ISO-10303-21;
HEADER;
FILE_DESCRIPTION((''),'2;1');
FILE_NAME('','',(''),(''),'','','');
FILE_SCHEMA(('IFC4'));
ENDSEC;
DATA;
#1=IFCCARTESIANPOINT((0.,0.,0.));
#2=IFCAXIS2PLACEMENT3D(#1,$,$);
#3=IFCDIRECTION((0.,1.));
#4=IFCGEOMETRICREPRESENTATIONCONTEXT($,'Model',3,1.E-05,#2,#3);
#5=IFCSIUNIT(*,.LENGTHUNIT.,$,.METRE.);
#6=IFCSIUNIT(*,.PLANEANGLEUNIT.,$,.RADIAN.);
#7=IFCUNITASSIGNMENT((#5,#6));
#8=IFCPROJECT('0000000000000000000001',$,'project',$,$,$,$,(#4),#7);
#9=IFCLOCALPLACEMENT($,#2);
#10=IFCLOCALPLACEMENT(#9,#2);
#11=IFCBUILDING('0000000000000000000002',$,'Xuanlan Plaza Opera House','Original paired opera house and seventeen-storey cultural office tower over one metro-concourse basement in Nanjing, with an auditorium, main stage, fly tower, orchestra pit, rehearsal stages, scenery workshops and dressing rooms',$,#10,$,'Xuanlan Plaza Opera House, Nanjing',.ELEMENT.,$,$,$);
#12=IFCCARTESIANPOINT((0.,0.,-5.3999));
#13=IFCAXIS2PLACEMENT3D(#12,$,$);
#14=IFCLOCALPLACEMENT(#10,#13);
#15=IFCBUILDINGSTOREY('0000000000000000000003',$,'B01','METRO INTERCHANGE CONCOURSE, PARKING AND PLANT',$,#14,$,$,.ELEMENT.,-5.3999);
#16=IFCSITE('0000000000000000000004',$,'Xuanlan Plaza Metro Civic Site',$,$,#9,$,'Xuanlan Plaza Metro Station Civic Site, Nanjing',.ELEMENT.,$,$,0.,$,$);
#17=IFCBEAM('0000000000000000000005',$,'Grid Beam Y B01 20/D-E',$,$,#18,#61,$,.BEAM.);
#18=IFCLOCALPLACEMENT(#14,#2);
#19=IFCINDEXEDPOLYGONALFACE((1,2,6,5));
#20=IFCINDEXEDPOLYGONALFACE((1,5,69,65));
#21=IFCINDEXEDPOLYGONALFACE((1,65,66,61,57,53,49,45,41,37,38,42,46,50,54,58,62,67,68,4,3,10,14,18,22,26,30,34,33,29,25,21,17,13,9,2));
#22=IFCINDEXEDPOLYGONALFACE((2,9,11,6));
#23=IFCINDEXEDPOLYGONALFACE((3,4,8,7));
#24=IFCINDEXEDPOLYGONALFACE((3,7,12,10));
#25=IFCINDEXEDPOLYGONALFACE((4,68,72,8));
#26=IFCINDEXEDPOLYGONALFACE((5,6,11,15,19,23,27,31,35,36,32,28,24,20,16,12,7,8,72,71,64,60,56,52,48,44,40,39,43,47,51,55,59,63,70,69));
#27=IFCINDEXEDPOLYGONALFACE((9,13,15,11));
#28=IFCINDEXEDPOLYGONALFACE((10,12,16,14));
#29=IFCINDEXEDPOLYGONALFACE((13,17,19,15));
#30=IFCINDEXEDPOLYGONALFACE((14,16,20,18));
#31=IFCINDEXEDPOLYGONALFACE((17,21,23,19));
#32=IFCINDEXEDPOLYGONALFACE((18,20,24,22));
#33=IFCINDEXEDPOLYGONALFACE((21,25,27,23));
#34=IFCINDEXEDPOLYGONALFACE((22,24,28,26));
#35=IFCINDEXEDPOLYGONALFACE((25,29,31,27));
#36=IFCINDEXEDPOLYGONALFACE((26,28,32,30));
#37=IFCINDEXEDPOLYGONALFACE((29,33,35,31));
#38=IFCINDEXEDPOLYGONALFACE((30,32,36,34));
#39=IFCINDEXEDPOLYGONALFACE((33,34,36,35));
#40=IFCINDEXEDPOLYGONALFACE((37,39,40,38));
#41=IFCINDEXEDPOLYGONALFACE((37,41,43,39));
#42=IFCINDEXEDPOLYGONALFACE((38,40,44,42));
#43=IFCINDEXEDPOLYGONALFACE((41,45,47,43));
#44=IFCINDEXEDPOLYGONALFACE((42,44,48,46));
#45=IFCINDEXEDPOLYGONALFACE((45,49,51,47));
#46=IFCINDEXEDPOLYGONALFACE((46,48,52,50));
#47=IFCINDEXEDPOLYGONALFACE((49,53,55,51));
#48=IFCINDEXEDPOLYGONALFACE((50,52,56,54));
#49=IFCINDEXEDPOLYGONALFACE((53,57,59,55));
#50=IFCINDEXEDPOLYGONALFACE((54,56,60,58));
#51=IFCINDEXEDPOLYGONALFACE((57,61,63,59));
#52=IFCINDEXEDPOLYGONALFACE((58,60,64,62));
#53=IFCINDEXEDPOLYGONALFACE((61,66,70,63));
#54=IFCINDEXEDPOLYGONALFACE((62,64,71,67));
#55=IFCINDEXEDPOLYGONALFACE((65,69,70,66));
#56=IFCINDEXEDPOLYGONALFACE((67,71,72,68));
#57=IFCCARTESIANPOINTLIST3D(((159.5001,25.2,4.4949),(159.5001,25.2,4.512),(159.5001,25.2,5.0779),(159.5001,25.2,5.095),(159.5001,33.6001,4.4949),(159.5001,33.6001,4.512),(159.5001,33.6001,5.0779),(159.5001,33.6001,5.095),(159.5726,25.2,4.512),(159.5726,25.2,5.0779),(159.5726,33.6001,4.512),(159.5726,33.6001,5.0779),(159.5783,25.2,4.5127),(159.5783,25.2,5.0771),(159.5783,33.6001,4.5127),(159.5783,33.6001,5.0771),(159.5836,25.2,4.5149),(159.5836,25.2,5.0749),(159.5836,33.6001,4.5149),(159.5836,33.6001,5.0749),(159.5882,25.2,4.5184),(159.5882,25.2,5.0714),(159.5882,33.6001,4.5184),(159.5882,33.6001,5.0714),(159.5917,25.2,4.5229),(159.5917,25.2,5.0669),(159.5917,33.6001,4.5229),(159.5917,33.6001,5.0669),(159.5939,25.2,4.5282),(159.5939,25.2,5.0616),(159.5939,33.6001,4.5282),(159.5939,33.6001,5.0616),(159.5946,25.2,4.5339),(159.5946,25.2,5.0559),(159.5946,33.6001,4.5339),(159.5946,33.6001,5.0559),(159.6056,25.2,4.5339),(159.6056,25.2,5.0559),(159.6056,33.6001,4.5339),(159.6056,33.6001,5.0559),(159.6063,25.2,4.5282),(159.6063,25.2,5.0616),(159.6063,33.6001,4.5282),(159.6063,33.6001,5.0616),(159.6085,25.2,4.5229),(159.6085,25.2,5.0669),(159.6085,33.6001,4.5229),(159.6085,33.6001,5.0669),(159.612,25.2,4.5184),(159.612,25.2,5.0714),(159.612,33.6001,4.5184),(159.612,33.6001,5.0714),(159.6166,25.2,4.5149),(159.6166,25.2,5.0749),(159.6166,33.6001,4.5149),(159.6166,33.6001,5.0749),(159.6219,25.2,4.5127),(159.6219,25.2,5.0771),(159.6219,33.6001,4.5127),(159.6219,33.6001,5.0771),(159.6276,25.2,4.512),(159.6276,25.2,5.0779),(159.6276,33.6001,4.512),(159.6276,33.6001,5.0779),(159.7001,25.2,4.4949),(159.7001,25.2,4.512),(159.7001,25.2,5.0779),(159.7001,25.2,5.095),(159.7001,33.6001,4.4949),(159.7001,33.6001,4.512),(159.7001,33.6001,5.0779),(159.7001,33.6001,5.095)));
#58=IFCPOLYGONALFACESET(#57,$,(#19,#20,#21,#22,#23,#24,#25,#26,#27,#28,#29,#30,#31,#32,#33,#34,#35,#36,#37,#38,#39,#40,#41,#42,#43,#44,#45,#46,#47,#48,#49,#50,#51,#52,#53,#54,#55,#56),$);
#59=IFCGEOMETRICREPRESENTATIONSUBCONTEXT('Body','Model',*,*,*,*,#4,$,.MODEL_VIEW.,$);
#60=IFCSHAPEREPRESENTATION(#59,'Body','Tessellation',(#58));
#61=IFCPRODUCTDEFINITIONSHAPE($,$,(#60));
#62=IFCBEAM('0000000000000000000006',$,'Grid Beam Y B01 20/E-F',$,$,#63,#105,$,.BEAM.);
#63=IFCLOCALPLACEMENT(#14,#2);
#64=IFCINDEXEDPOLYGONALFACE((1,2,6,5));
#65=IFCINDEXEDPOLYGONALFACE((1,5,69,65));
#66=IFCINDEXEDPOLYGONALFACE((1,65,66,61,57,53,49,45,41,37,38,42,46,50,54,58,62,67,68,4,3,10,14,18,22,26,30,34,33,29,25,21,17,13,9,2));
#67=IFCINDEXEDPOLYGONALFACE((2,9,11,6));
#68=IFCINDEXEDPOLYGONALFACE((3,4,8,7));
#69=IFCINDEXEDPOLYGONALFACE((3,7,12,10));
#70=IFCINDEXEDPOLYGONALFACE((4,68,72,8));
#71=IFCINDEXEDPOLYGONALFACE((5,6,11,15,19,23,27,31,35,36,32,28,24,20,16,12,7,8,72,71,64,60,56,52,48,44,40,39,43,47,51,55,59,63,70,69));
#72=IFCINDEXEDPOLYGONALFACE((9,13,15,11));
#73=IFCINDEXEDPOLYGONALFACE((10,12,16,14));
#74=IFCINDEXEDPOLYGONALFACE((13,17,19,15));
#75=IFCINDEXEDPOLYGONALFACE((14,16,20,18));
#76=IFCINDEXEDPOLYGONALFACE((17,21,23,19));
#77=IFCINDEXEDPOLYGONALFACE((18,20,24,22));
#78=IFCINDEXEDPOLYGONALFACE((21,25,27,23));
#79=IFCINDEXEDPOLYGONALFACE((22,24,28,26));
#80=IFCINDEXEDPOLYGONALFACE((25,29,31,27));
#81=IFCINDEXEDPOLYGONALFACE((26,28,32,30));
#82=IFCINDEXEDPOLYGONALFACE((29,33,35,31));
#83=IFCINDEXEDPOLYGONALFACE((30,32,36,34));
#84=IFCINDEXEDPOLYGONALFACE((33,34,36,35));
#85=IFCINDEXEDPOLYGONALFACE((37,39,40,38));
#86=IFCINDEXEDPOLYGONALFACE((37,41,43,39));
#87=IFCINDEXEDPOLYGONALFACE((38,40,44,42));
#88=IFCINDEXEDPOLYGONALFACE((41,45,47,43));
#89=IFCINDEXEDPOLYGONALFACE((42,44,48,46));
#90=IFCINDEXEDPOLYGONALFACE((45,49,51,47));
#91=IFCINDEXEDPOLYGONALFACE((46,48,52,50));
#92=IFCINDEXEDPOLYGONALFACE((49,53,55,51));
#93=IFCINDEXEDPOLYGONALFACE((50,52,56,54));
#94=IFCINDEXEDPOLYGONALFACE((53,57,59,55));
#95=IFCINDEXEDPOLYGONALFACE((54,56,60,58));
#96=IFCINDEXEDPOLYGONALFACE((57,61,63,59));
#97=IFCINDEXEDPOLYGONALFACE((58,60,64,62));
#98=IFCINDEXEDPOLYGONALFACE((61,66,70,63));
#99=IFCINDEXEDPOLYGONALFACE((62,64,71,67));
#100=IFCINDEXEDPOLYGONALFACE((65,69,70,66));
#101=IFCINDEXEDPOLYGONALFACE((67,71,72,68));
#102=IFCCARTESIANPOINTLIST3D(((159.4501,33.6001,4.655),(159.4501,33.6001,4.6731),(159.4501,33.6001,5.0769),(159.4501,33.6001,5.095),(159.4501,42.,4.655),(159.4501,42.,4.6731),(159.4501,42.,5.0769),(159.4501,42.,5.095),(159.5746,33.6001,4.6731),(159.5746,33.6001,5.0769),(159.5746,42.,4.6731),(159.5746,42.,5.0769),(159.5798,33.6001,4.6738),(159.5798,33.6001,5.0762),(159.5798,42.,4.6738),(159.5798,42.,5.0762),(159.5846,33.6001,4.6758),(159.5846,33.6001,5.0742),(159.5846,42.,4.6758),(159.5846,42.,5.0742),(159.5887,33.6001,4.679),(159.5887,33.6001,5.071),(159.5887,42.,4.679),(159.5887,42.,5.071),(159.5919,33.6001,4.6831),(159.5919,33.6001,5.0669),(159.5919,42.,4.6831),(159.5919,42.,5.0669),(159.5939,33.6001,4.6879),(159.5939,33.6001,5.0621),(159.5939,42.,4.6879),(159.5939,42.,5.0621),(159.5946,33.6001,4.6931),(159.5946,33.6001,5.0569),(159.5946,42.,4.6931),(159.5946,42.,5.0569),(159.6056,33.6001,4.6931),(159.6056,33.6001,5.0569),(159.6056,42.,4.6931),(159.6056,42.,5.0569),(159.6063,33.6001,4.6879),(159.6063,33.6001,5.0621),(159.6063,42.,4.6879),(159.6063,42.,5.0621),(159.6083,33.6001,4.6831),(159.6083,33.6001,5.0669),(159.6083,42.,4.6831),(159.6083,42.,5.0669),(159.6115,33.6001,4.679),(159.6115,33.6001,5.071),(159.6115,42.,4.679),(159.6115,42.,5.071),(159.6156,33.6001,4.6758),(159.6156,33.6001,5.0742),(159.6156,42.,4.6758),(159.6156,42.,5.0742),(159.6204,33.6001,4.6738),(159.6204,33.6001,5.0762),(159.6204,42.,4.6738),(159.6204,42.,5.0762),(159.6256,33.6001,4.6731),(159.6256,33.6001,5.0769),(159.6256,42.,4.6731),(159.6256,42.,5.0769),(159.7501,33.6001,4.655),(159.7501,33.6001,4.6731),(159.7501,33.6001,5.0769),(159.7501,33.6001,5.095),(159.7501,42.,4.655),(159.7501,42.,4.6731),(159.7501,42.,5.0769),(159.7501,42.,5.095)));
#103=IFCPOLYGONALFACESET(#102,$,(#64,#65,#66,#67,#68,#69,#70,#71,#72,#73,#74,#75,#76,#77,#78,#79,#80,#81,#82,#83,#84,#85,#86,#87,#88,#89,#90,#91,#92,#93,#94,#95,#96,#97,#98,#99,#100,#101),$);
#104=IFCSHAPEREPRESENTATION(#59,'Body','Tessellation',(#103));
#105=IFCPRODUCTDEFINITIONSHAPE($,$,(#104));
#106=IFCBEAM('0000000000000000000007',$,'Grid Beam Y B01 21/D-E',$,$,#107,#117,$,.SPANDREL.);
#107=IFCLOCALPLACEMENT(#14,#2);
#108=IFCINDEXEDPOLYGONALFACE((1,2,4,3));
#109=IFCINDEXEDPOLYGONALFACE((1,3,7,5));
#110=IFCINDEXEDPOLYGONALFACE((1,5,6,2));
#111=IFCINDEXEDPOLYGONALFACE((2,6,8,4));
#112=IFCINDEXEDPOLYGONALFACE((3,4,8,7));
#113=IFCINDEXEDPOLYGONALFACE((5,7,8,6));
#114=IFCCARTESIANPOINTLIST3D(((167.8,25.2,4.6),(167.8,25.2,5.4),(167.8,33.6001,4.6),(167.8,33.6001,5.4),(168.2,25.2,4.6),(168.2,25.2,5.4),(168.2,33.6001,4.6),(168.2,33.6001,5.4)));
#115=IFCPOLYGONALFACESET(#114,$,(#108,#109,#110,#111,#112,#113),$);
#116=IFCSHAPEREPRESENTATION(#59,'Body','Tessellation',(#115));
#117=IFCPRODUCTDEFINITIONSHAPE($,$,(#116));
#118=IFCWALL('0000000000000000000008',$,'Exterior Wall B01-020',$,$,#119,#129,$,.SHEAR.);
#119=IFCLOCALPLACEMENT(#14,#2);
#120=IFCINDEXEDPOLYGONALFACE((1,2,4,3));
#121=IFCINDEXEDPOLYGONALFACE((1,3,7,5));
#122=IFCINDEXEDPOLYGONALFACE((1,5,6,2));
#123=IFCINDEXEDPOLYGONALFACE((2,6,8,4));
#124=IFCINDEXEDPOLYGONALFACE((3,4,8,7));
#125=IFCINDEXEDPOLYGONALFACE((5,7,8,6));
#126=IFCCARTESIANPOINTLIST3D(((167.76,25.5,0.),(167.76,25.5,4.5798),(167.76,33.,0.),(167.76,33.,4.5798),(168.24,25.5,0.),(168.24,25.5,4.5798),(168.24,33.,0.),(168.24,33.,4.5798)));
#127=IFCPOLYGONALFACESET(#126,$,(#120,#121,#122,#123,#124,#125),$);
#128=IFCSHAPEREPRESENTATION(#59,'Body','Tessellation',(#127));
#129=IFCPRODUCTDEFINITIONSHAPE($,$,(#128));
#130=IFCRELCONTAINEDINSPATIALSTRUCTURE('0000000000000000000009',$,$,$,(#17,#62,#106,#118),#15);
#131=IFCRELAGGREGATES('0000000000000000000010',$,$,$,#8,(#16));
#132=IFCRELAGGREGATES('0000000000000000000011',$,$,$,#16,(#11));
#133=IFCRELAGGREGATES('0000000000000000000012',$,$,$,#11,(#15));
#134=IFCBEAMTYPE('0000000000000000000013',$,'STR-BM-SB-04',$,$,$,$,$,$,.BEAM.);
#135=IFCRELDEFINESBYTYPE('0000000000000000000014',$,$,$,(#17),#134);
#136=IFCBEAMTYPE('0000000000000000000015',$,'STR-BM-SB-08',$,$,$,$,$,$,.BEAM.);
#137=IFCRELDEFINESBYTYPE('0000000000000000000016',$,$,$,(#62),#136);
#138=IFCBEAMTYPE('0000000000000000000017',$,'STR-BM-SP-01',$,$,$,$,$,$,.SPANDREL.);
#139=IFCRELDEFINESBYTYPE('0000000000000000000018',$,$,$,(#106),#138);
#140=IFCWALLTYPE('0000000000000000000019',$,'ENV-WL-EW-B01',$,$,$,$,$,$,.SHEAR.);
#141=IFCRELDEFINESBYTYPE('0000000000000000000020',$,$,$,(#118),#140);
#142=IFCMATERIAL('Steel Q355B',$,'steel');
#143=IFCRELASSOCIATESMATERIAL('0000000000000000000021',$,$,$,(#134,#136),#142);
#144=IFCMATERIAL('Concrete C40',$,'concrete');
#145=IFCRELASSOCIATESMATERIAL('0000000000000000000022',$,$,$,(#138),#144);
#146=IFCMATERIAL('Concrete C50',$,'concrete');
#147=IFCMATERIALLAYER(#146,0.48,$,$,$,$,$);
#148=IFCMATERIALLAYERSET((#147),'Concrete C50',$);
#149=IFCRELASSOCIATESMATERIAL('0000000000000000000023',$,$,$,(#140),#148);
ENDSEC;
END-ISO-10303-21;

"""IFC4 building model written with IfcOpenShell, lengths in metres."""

from ifc_helpers import new_model, si_unit, direction, frame, frame_2d, origin, origin_2d, place, context, subcontext, project, spatial, rectangle, i_section, extrude, material, layer, layer_set, material_profile, profile_set, type_object, element, save


model = new_model("IFC4")

# Units and contexts
model_context = context("Model", 3, precision=1e-05, world=origin(), true_north=direction((0.0, 1.0)))
body_context = subcontext(model_context, "Body", "Model", "MODEL_VIEW")
ifc_project = project(units=[si_unit("LENGTHUNIT", "METRE"), si_unit("PLANEANGLEUNIT", "RADIAN")], contexts=[model_context])

# Site, building, storey
site_placement = place(None, origin())
site = spatial("IfcSite", under=ifc_project, at=site_placement, Name="Xuanlan Plaza Metro Civic Site", LongName="Xuanlan Plaza Metro Station Civic Site, Nanjing", CompositionType="ELEMENT", RefElevation=0.0)
building_placement = place(site_placement, origin())
building = spatial("IfcBuilding", under=site, at=building_placement, Name="Xuanlan Plaza Opera House", Description="Original paired opera house and seventeen-storey cultural office tower over one metro-concourse basement in Nanjing, with an auditorium, main stage, fly tower, orchestra pit, rehearsal stages, scenery workshops and dressing rooms", LongName="Xuanlan Plaza Opera House, Nanjing", CompositionType="ELEMENT")
storey_placement = place(building_placement, frame((0.0, 0.0, -5.3999)))
storey = spatial("IfcBuildingStorey", under=building, at=storey_placement, Name="B01", Description="METRO INTERCHANGE CONCOURSE, PARKING AND PLANT", CompositionType="ELEMENT", Elevation=-5.3999)

# Shared definitions
ifc_material_1 = material(Name="Concrete C40", Category="concrete")
ifc_material_2 = material(Name="Concrete C50", Category="concrete")

# Beams
ifc_material_3 = material(Name="Steel Q355B", Category="steel")
ifc_material_profile_1 = material_profile(ifc_material_3, i_section(OverallWidth=0.2, OverallDepth=0.6001, WebThickness=0.011, FlangeThickness=0.0171, FilletRadius=0.022, at=origin_2d()), Name="HN 600x200x11x17")
ifc_profile_set_1 = profile_set([ifc_material_profile_1], Name="Steel Q355B")
beam_type_1 = type_object("IfcBeamType", Name="STR-BM-SB-04", PredefinedType="BEAM", material=ifc_profile_set_1)
beam_1_placement = place(storey_placement, frame((159.6001, 25.2, 4.7949), z_axis=(0.0, 1.0, 0.0), x_axis=(-1.0, 0.0, 0.0)))
element("IfcBeam", 1, at=beam_1_placement, inside=storey, type_object=beam_type_1, Name="Grid Beam Y B01 20/D-E", PredefinedType="BEAM", context=body_context, shape_type="SweptSolid", body=[
    extrude(i_section(OverallWidth=0.2, OverallDepth=0.6001, WebThickness=0.011, FlangeThickness=0.0171, FilletRadius=0.022, at=origin_2d()), origin(), (0.0, 0.0, 1.0), 8.4001),
])
ifc_material_profile_2 = material_profile(ifc_material_3, i_section(OverallWidth=0.3, OverallDepth=0.4399, WebThickness=0.011, FlangeThickness=0.0181, FilletRadius=0.02, at=origin_2d()), Name="HM 440x300x11x18")
ifc_profile_set_2 = profile_set([ifc_material_profile_2], Name="Steel Q355B")
beam_type_2 = type_object("IfcBeamType", Name="STR-BM-SB-08", PredefinedType="BEAM", material=ifc_profile_set_2)
beam_2_placement = place(storey_placement, frame((159.6001, 33.6001, 4.875), z_axis=(0.0, 1.0, 0.0), x_axis=(-1.0, 0.0, 0.0)))
element("IfcBeam", 2, at=beam_2_placement, inside=storey, type_object=beam_type_2, Name="Grid Beam Y B01 20/E-F", PredefinedType="BEAM", context=body_context, shape_type="SweptSolid", body=[
    extrude(i_section(OverallWidth=0.3, OverallDepth=0.4399, WebThickness=0.011, FlangeThickness=0.0181, FilletRadius=0.02, at=origin_2d()), origin(), (0.0, 0.0, 1.0), 8.3999),
])
ifc_material_profile_3 = material_profile(ifc_material_1, rectangle(XDim=0.3999, YDim=0.8, at=origin_2d()), Name="RC-SPD 400x800")
ifc_profile_set_3 = profile_set([ifc_material_profile_3], Name="Concrete C40")
beam_type_3 = type_object("IfcBeamType", Name="STR-BM-SP-01", PredefinedType="SPANDREL", material=ifc_profile_set_3)
beam_3_placement = place(storey_placement, frame((168.0, 25.2, 5.0), z_axis=(0.0, 1.0, 0.0), x_axis=(-1.0, 0.0, 0.0)))
element("IfcBeam", 3, at=beam_3_placement, inside=storey, type_object=beam_type_3, Name="Grid Beam Y B01 21/D-E", PredefinedType="SPANDREL", context=body_context, shape_type="SweptSolid", body=[
    extrude(rectangle(XDim=0.3999, YDim=0.8, at=origin_2d()), origin(), (0.0, 0.0, 1.0), 8.4001),
])

# Wall
ifc_layer = layer(ifc_material_2, 0.48)
ifc_layer_set = layer_set([ifc_layer], Name="Concrete C50")
wall_type = type_object("IfcWallType", Name="ENV-WL-EW-B01", PredefinedType="SHEAR", material=ifc_layer_set)
wall_placement = place(storey_placement, frame((168.0, 25.5, 0.0), z_axis=(0.0, 0.0, 1.0), x_axis=(0.0, 1.0, 0.0)))
element("IfcWall", 4, at=wall_placement, inside=storey, type_object=wall_type, Name="Exterior Wall B01-020", PredefinedType="SHEAR", context=body_context, shape_type="SweptSolid", body=[
    extrude(rectangle(XDim=7.5, YDim=0.48, at=frame_2d((3.75, 0.0))), origin(), (0.0, 0.0, 1.0), 4.5798),
])

save(model, "model.ifc")
